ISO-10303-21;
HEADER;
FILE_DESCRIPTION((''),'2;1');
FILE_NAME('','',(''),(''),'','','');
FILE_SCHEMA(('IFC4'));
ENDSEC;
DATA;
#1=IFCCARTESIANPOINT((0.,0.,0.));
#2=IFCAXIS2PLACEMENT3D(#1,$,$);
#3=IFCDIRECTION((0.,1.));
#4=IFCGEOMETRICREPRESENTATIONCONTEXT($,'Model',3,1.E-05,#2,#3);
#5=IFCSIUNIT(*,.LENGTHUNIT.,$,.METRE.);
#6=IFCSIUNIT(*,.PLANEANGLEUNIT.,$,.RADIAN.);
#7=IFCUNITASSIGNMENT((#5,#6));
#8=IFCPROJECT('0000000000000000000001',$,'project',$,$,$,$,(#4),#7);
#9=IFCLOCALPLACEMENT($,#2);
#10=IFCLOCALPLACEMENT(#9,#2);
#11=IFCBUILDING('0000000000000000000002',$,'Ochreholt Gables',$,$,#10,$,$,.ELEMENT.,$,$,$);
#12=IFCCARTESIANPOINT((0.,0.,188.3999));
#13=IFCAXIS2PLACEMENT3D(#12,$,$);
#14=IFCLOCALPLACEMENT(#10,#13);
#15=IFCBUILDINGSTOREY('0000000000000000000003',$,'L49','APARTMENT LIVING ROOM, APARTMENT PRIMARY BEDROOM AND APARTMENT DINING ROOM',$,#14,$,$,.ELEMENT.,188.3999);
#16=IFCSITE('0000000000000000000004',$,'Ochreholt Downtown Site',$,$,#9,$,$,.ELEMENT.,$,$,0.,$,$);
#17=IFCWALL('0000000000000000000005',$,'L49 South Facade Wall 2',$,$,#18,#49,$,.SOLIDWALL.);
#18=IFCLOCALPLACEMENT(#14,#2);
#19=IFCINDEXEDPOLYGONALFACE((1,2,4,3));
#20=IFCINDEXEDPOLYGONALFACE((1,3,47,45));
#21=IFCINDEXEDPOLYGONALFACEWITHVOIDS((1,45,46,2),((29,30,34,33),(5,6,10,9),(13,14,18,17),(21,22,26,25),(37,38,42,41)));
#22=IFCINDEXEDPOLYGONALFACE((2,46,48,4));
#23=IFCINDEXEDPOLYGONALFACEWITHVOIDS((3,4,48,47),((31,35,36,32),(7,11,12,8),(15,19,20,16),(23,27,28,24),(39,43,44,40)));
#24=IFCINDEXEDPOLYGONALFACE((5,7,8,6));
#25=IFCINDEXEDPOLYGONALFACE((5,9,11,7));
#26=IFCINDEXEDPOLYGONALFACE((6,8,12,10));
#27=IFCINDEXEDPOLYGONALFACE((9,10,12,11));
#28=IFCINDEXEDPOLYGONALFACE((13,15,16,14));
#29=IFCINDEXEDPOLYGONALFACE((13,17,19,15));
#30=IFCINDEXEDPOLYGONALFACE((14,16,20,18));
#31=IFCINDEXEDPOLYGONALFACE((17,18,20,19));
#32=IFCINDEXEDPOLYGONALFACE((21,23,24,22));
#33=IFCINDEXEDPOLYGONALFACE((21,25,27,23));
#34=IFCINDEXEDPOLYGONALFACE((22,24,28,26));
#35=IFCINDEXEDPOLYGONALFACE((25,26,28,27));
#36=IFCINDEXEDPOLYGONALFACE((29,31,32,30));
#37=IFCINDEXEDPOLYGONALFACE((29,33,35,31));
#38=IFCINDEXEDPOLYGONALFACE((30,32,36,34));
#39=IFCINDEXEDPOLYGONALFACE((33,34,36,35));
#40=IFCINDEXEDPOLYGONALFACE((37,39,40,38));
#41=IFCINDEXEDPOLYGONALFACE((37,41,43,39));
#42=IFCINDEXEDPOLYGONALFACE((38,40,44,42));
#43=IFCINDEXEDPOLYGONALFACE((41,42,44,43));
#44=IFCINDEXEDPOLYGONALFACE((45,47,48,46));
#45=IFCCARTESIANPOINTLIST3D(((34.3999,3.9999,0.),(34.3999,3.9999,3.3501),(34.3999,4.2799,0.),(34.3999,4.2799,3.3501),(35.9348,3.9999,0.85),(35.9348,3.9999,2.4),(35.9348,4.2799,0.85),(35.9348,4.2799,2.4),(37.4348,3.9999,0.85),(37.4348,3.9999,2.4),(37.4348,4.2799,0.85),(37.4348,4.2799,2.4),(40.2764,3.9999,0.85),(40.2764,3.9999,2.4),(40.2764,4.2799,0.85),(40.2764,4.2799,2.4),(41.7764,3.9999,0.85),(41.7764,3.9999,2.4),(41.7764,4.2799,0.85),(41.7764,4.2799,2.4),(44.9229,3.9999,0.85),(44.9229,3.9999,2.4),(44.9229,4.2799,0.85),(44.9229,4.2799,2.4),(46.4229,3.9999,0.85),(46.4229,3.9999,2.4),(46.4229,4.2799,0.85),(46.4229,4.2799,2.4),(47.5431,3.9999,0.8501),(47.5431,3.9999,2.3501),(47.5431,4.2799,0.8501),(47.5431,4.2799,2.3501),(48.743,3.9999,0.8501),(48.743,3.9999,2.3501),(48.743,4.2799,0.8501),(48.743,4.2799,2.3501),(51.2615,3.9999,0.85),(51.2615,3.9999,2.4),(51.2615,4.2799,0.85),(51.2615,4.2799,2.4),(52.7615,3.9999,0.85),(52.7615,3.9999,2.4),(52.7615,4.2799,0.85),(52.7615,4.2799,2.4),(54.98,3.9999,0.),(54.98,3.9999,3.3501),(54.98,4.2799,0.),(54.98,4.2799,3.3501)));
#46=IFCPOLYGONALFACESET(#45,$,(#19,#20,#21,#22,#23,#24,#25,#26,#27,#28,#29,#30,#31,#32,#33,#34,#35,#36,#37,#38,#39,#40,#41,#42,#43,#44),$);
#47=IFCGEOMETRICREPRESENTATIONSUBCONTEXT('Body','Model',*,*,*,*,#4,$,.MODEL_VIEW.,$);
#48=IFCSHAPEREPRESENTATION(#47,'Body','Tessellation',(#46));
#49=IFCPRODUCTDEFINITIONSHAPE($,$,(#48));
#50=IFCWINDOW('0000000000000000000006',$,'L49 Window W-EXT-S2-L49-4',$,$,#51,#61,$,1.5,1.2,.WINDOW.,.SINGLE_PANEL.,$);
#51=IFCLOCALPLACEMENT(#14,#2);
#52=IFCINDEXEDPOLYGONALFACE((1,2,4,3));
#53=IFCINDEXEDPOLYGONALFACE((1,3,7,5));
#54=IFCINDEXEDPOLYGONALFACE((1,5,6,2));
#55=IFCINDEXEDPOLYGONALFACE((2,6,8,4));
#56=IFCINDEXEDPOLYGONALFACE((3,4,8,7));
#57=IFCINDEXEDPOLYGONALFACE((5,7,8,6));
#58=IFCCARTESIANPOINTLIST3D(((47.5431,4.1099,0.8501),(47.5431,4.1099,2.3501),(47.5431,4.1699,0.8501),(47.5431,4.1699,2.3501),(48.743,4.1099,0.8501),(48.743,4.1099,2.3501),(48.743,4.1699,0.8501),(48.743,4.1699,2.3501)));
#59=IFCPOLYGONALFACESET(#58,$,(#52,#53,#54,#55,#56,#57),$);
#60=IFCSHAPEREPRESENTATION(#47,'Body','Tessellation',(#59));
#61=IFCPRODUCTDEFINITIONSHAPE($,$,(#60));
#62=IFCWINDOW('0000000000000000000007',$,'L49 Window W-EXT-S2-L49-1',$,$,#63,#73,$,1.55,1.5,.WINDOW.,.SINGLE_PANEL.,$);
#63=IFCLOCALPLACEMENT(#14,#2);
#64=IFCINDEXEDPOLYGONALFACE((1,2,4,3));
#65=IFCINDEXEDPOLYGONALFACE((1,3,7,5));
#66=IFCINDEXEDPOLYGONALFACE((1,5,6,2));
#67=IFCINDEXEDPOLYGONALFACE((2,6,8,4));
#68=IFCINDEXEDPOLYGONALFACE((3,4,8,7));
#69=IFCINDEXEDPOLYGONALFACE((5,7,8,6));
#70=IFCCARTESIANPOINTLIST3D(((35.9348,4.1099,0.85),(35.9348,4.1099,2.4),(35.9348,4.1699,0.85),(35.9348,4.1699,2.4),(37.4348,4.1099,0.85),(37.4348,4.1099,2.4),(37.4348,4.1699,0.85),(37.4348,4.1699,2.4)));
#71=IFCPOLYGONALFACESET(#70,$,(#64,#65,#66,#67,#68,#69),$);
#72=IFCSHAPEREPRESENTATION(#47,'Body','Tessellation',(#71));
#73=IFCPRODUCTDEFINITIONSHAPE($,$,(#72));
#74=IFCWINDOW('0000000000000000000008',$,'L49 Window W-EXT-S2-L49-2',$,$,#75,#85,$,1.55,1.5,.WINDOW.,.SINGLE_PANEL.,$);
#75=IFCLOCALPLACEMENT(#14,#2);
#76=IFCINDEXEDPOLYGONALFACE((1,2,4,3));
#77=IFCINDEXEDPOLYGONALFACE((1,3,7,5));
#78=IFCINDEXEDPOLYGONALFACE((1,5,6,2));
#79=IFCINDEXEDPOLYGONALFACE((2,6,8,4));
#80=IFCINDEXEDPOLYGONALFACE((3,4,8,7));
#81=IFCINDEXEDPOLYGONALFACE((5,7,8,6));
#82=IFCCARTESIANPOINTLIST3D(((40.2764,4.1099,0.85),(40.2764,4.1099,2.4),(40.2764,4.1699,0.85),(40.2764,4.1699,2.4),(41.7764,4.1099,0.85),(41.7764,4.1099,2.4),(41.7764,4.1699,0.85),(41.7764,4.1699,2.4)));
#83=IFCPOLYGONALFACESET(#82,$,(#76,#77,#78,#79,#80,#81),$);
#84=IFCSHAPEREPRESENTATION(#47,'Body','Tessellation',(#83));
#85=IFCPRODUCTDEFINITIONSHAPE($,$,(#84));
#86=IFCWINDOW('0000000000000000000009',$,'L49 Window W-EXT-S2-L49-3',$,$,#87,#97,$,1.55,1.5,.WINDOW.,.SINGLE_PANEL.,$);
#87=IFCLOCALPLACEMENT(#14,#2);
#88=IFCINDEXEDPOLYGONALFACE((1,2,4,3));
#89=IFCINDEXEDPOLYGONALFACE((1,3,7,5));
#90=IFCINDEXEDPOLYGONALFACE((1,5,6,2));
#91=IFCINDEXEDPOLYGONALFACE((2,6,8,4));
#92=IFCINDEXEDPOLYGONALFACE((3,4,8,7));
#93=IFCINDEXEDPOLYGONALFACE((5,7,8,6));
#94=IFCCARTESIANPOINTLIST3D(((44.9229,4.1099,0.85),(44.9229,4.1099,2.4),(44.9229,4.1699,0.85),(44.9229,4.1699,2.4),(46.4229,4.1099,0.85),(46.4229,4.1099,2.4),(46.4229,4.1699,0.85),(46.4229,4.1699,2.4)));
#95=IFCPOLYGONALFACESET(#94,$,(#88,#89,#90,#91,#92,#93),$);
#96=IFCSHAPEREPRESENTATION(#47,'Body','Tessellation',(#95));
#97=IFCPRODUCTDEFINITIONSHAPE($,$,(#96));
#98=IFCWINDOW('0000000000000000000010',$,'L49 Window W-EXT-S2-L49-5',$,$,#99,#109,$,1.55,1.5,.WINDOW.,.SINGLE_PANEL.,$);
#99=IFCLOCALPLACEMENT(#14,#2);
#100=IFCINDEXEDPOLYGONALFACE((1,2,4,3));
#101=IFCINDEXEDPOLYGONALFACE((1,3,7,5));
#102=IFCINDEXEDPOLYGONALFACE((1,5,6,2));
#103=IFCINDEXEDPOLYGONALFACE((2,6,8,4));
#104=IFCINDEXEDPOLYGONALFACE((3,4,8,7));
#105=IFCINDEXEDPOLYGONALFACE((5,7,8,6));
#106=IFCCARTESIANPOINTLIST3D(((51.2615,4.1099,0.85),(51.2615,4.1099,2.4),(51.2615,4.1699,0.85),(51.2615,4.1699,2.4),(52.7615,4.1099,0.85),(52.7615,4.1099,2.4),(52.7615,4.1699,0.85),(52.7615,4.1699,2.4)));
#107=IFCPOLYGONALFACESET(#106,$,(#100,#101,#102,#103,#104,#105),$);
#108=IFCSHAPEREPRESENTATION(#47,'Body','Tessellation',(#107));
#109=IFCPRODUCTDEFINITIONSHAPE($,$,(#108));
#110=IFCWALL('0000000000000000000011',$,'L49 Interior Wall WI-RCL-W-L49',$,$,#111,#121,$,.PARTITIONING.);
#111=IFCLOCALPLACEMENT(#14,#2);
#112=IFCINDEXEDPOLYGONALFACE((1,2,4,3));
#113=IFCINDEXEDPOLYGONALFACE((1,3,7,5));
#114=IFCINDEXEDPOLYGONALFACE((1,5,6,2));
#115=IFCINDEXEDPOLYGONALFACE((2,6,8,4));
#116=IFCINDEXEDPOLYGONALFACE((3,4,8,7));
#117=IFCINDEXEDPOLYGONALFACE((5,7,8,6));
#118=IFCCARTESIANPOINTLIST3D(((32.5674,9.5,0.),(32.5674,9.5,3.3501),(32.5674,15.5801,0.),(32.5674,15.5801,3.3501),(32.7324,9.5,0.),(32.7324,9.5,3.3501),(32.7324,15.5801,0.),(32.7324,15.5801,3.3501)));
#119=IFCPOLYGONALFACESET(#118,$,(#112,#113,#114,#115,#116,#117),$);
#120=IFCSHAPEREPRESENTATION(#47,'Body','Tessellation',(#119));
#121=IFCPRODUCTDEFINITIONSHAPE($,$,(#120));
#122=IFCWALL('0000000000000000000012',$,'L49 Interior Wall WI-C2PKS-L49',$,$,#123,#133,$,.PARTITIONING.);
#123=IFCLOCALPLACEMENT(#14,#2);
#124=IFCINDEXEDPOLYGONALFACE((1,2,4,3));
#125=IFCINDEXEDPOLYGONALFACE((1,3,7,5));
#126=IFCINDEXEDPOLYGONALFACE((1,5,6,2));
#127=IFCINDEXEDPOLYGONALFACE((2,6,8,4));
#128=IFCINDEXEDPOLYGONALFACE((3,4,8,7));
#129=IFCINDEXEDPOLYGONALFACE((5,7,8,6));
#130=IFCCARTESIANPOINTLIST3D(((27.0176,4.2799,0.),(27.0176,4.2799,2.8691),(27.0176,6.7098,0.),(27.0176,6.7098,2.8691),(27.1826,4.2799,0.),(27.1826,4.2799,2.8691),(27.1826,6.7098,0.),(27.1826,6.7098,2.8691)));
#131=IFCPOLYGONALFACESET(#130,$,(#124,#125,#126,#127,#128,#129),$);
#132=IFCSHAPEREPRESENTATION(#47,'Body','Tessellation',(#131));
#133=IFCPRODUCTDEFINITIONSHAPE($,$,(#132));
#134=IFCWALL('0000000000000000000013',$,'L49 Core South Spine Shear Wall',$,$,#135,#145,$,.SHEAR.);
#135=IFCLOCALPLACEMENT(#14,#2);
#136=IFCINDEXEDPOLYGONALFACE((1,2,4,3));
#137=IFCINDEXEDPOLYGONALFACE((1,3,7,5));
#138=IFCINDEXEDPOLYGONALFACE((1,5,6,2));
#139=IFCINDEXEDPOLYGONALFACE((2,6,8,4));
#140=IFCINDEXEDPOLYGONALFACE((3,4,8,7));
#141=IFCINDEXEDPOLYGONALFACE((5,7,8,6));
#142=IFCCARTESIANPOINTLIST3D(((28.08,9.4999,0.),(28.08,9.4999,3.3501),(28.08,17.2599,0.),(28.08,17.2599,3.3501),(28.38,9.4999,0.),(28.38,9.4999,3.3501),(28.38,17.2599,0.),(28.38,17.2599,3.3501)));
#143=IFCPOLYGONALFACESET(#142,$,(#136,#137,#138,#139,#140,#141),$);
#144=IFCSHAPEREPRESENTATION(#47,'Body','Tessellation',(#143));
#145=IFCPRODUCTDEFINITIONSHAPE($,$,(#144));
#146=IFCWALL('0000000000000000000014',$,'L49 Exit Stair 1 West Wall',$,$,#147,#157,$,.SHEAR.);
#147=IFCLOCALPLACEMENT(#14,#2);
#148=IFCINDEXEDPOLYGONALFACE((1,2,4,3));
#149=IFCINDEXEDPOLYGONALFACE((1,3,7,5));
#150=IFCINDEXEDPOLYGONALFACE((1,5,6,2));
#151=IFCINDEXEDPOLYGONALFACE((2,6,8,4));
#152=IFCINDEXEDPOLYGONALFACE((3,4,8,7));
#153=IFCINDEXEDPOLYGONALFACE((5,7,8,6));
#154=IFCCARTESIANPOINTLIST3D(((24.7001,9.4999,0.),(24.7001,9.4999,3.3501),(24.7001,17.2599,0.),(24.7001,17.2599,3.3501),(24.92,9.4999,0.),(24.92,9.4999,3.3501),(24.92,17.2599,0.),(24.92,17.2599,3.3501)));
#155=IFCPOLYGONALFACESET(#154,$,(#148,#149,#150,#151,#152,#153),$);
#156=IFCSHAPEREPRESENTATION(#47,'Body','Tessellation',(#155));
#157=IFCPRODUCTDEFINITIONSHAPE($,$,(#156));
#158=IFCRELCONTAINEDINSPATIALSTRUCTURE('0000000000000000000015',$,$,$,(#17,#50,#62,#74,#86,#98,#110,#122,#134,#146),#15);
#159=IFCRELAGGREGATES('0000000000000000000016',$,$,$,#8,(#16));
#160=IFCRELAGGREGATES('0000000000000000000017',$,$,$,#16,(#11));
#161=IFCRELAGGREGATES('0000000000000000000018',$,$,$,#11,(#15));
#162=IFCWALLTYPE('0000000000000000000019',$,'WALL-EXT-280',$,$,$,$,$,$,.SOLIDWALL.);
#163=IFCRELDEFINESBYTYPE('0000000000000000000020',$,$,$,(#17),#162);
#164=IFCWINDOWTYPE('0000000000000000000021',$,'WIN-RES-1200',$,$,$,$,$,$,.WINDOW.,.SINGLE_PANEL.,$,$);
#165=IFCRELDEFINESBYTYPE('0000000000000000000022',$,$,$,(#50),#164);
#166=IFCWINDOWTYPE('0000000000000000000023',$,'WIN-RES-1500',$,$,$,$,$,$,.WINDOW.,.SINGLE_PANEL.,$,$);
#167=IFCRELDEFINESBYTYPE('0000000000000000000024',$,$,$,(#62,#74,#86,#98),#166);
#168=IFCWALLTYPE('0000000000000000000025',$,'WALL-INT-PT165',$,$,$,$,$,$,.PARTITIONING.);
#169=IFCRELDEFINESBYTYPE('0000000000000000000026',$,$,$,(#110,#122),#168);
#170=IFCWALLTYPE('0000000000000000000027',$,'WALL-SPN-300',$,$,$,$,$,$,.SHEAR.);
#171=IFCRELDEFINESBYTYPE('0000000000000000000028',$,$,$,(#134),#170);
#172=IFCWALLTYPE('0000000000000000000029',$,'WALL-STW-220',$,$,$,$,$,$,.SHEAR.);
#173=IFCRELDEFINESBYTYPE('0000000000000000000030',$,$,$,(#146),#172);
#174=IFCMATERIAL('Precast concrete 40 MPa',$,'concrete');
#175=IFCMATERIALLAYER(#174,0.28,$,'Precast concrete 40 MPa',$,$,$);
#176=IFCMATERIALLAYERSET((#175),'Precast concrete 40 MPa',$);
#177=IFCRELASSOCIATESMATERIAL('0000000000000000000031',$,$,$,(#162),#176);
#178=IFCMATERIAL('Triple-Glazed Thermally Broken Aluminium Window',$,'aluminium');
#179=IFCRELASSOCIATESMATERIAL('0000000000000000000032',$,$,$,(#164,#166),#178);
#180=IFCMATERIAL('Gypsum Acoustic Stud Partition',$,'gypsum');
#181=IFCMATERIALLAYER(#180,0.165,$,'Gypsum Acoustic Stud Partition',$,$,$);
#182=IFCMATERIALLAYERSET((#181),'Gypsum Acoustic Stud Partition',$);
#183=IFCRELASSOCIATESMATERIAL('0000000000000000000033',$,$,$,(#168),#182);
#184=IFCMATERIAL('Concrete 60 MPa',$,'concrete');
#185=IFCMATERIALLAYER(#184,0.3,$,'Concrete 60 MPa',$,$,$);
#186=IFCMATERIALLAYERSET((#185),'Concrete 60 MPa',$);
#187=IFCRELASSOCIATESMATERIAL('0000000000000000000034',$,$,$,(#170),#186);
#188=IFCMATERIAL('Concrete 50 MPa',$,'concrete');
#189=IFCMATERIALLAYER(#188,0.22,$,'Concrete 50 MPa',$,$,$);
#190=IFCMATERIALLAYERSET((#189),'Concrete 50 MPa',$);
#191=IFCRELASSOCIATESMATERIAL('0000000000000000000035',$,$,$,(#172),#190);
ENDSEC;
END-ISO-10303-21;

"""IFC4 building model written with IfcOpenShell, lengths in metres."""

from ifc_helpers import new_model, si_unit, direction, frame, frame_2d, origin, place, context, subcontext, project, spatial, rectangle, extrude, material, layer, layer_set, type_object, element, fill, save


model = new_model("IFC4")

# Units and contexts
model_context = context("Model", 3, precision=1e-05, world=origin(), true_north=direction((0.0, 1.0)))
body_context = subcontext(model_context, "Body", "Model", "MODEL_VIEW")
ifc_project = project(units=[si_unit("LENGTHUNIT", "METRE"), si_unit("PLANEANGLEUNIT", "RADIAN")], contexts=[model_context])

# Site, building, storey
site_placement = place(None, origin())
site = spatial("IfcSite", under=ifc_project, at=site_placement, Name="Ochreholt Downtown Site", CompositionType="ELEMENT", RefElevation=0.0)
building_placement = place(site_placement, origin())
building = spatial("IfcBuilding", under=site, at=building_placement, Name="Ochreholt Gables", CompositionType="ELEMENT")
storey_placement = place(building_placement, frame((0.0, 0.0, 188.3999)))
storey = spatial("IfcBuildingStorey", under=building, at=storey_placement, Name="L49", Description="APARTMENT LIVING ROOM, APARTMENT PRIMARY BEDROOM AND APARTMENT DINING ROOM", CompositionType="ELEMENT", Elevation=188.3999)

# Shared definitions
ifc_material_1 = material(Name="Concrete 50 MPa", Category="concrete")

# Wall, openings, windows
ifc_material_2 = material(Name="Precast concrete 40 MPa", Category="concrete")
ifc_layer_1 = layer(ifc_material_2, 0.28, Name="Precast concrete 40 MPa")
ifc_layer_set_1 = layer_set([ifc_layer_1], Name="Precast concrete 40 MPa")
wall_type_1 = type_object("IfcWallType", Name="WALL-EXT-280", PredefinedType="SOLIDWALL", material=ifc_layer_set_1)
wall_1_placement = place(storey_placement, frame((34.3999, 4.1399, 0.0), z_axis=(0.0, 0.0, 1.0), x_axis=(1.0, 0.0, 0.0)))
wall_1 = element("IfcWall", 1, at=wall_1_placement, inside=storey, type_object=wall_type_1, Name="L49 South Facade Wall 2", PredefinedType="SOLIDWALL", context=body_context, shape_type="SweptSolid", body=[
    extrude(rectangle(XDim=20.5801, YDim=0.28, at=frame_2d((10.29, 0.0))), origin(), (0.0, 0.0, 1.0), 3.3501),
])
opening_1_placement = place(wall_1_placement, frame((1.5349, 0.0, 0.8501)))
opening_1 = element("IfcOpeningElement", 2, at=opening_1_placement, cuts=wall_1, PredefinedType="OPENING", context=body_context, shape_type="SweptSolid", body=[
    extrude(rectangle(XDim=1.5, YDim=1.55, at=frame_2d((0.75, 0.7749))), frame((0.0, 0.1499, 0.0), z_axis=(0.0, -1.0, 0.0), x_axis=(1.0, 0.0, 0.0)), (0.0, 0.0, 1.0), 0.3),
])
opening_2_placement = place(wall_1_placement, frame((5.8765, 0.0, 0.8501)))
opening_2 = element("IfcOpeningElement", 3, at=opening_2_placement, cuts=wall_1, PredefinedType="OPENING", context=body_context, shape_type="SweptSolid", body=[
    extrude(rectangle(XDim=1.5, YDim=1.55, at=frame_2d((0.75, 0.7749))), frame((0.0, 0.1499, 0.0), z_axis=(0.0, -1.0, 0.0), x_axis=(1.0, 0.0, 0.0)), (0.0, 0.0, 1.0), 0.3),
])
opening_3_placement = place(wall_1_placement, frame((10.5229, 0.0, 0.8501)))
opening_3 = element("IfcOpeningElement", 4, at=opening_3_placement, cuts=wall_1, PredefinedType="OPENING", context=body_context, shape_type="SweptSolid", body=[
    extrude(rectangle(XDim=1.5, YDim=1.55, at=frame_2d((0.75, 0.7749))), frame((0.0, 0.1499, 0.0), z_axis=(0.0, -1.0, 0.0), x_axis=(1.0, 0.0, 0.0)), (0.0, 0.0, 1.0), 0.3),
])
opening_4_placement = place(wall_1_placement, frame((13.1431, 0.0, 0.8501)))
opening_4 = element("IfcOpeningElement", 5, at=opening_4_placement, cuts=wall_1, PredefinedType="OPENING", context=body_context, shape_type="SweptSolid", body=[
    extrude(rectangle(XDim=1.2, YDim=1.5, at=frame_2d((0.6001, 0.75))), frame((0.0, 0.1499, 0.0), z_axis=(0.0, -1.0, 0.0), x_axis=(1.0, 0.0, 0.0)), (0.0, 0.0, 1.0), 0.3),
])
opening_5_placement = place(wall_1_placement, frame((16.8616, 0.0, 0.8501)))
opening_5 = element("IfcOpeningElement", 6, at=opening_5_placement, cuts=wall_1, PredefinedType="OPENING", context=body_context, shape_type="SweptSolid", body=[
    extrude(rectangle(XDim=1.5, YDim=1.55, at=frame_2d((0.75, 0.7749))), frame((0.0, 0.1499, 0.0), z_axis=(0.0, -1.0, 0.0), x_axis=(1.0, 0.0, 0.0)), (0.0, 0.0, 1.0), 0.3),
])
ifc_material_3 = material(Name="Triple-Glazed Thermally Broken Aluminium Window", Category="aluminium")
window_type_1 = type_object("IfcWindowType", Name="WIN-RES-1200", PartitioningType="SINGLE_PANEL", PredefinedType="WINDOW", material=ifc_material_3)
window_1_placement = place(opening_4_placement, origin())
window_1 = element("IfcWindow", 7, at=window_1_placement, inside=storey, type_object=window_type_1, Name="L49 Window W-EXT-S2-L49-4", OverallHeight=1.5, OverallWidth=1.2, PartitioningType="SINGLE_PANEL", PredefinedType="WINDOW", context=body_context, shape_type="SweptSolid", body=[
    extrude(rectangle(XDim=1.2, YDim=1.5, at=frame_2d((0.6001, 0.75))), frame((0.0, 0.03, 0.0), z_axis=(0.0, -1.0, 0.0), x_axis=(1.0, 0.0, 0.0)), (0.0, 0.0, 1.0), 0.0601),
])
fill(opening_4, window_1)
window_type_2 = type_object("IfcWindowType", Name="WIN-RES-1500", PartitioningType="SINGLE_PANEL", PredefinedType="WINDOW", material=ifc_material_3)
window_2_placement = place(opening_1_placement, origin())
window_2 = element("IfcWindow", 8, at=window_2_placement, inside=storey, type_object=window_type_2, Name="L49 Window W-EXT-S2-L49-1", OverallHeight=1.55, OverallWidth=1.5, PartitioningType="SINGLE_PANEL", PredefinedType="WINDOW", context=body_context, shape_type="SweptSolid", body=[
    extrude(rectangle(XDim=1.5, YDim=1.55, at=frame_2d((0.75, 0.7749))), frame((0.0, 0.03, 0.0), z_axis=(0.0, -1.0, 0.0), x_axis=(1.0, 0.0, 0.0)), (0.0, 0.0, 1.0), 0.0601),
])
fill(opening_1, window_2)
window_3_placement = place(opening_2_placement, origin())
window_3 = element("IfcWindow", 9, at=window_3_placement, inside=storey, type_object=window_type_2, Name="L49 Window W-EXT-S2-L49-2", OverallHeight=1.55, OverallWidth=1.5, PartitioningType="SINGLE_PANEL", PredefinedType="WINDOW", context=body_context, shape_type="SweptSolid", body=[
    extrude(rectangle(XDim=1.5, YDim=1.55, at=frame_2d((0.75, 0.7749))), frame((0.0, 0.03, 0.0), z_axis=(0.0, -1.0, 0.0), x_axis=(1.0, 0.0, 0.0)), (0.0, 0.0, 1.0), 0.0601),
])
fill(opening_2, window_3)
window_4_placement = place(opening_3_placement, origin())
window_4 = element("IfcWindow", 10, at=window_4_placement, inside=storey, type_object=window_type_2, Name="L49 Window W-EXT-S2-L49-3", OverallHeight=1.55, OverallWidth=1.5, PartitioningType="SINGLE_PANEL", PredefinedType="WINDOW", context=body_context, shape_type="SweptSolid", body=[
    extrude(rectangle(XDim=1.5, YDim=1.55, at=frame_2d((0.75, 0.7749))), frame((0.0, 0.03, 0.0), z_axis=(0.0, -1.0, 0.0), x_axis=(1.0, 0.0, 0.0)), (0.0, 0.0, 1.0), 0.0601),
])
fill(opening_3, window_4)
window_5_placement = place(opening_5_placement, origin())
window_5 = element("IfcWindow", 11, at=window_5_placement, inside=storey, type_object=window_type_2, Name="L49 Window W-EXT-S2-L49-5", OverallHeight=1.55, OverallWidth=1.5, PartitioningType="SINGLE_PANEL", PredefinedType="WINDOW", context=body_context, shape_type="SweptSolid", body=[
    extrude(rectangle(XDim=1.5, YDim=1.55, at=frame_2d((0.75, 0.7749))), frame((0.0, 0.03, 0.0), z_axis=(0.0, -1.0, 0.0), x_axis=(1.0, 0.0, 0.0)), (0.0, 0.0, 1.0), 0.0601),
])
fill(opening_5, window_5)

# Walls
ifc_material_4 = material(Name="Gypsum Acoustic Stud Partition", Category="gypsum")
ifc_layer_2 = layer(ifc_material_4, 0.165, Name="Gypsum Acoustic Stud Partition")
ifc_layer_set_2 = layer_set([ifc_layer_2], Name="Gypsum Acoustic Stud Partition")
wall_type_2 = type_object("IfcWallType", Name="WALL-INT-PT165", PredefinedType="PARTITIONING", material=ifc_layer_set_2)
wall_2_placement = place(storey_placement, frame((32.6499, 9.5, 0.0), z_axis=(0.0, 0.0, 1.0), x_axis=(0.0, 1.0, 0.0)))
element("IfcWall", 12, at=wall_2_placement, inside=storey, type_object=wall_type_2, Name="L49 Interior Wall WI-RCL-W-L49", PredefinedType="PARTITIONING", context=body_context, shape_type="SweptSolid", body=[
    extrude(rectangle(XDim=6.0801, YDim=0.165, at=frame_2d((3.04, 0.0))), origin(), (0.0, 0.0, 1.0), 3.3501),
])
wall_3_placement = place(storey_placement, frame((27.1001, 4.28, 0.0), z_axis=(0.0, 0.0, 1.0), x_axis=(0.0, 1.0, 0.0)))
element("IfcWall", 13, at=wall_3_placement, inside=storey, type_object=wall_type_2, Name="L49 Interior Wall WI-C2PKS-L49", PredefinedType="PARTITIONING", context=body_context, shape_type="SweptSolid", body=[
    extrude(rectangle(XDim=2.4299, YDim=0.165, at=frame_2d((1.2148, 0.0))), origin(), (0.0, 0.0, 1.0), 2.8691),
])
ifc_material_5 = material(Name="Concrete 60 MPa", Category="concrete")
ifc_layer_3 = layer(ifc_material_5, 0.3, Name="Concrete 60 MPa")
ifc_layer_set_3 = layer_set([ifc_layer_3], Name="Concrete 60 MPa")
wall_type_3 = type_object("IfcWallType", Name="WALL-SPN-300", PredefinedType="SHEAR", material=ifc_layer_set_3)
wall_4_placement = place(storey_placement, frame((28.23, 9.5, 0.0), z_axis=(0.0, 0.0, 1.0), x_axis=(0.0, 1.0, 0.0)))
element("IfcWall", 14, at=wall_4_placement, inside=storey, type_object=wall_type_3, Name="L49 Core South Spine Shear Wall", PredefinedType="SHEAR", context=body_context, shape_type="SweptSolid", body=[
    extrude(rectangle(XDim=7.76, YDim=0.3, at=frame_2d((3.8799, 0.0))), origin(), (0.0, 0.0, 1.0), 3.3501),
])
ifc_layer_4 = layer(ifc_material_1, 0.22, Name="Concrete 50 MPa")
ifc_layer_set_4 = layer_set([ifc_layer_4], Name="Concrete 50 MPa")
wall_type_4 = type_object("IfcWallType", Name="WALL-STW-220", PredefinedType="SHEAR", material=ifc_layer_set_4)
wall_5_placement = place(storey_placement, frame((24.8101, 9.5, 0.0), z_axis=(0.0, 0.0, 1.0), x_axis=(0.0, 1.0, 0.0)))
element("IfcWall", 15, at=wall_5_placement, inside=storey, type_object=wall_type_4, Name="L49 Exit Stair 1 West Wall", PredefinedType="SHEAR", context=body_context, shape_type="SweptSolid", body=[
    extrude(rectangle(XDim=7.76, YDim=0.22, at=frame_2d((3.8799, 0.0))), origin(), (0.0, 0.0, 1.0), 3.3501),
])

save(model, "model.ifc")
